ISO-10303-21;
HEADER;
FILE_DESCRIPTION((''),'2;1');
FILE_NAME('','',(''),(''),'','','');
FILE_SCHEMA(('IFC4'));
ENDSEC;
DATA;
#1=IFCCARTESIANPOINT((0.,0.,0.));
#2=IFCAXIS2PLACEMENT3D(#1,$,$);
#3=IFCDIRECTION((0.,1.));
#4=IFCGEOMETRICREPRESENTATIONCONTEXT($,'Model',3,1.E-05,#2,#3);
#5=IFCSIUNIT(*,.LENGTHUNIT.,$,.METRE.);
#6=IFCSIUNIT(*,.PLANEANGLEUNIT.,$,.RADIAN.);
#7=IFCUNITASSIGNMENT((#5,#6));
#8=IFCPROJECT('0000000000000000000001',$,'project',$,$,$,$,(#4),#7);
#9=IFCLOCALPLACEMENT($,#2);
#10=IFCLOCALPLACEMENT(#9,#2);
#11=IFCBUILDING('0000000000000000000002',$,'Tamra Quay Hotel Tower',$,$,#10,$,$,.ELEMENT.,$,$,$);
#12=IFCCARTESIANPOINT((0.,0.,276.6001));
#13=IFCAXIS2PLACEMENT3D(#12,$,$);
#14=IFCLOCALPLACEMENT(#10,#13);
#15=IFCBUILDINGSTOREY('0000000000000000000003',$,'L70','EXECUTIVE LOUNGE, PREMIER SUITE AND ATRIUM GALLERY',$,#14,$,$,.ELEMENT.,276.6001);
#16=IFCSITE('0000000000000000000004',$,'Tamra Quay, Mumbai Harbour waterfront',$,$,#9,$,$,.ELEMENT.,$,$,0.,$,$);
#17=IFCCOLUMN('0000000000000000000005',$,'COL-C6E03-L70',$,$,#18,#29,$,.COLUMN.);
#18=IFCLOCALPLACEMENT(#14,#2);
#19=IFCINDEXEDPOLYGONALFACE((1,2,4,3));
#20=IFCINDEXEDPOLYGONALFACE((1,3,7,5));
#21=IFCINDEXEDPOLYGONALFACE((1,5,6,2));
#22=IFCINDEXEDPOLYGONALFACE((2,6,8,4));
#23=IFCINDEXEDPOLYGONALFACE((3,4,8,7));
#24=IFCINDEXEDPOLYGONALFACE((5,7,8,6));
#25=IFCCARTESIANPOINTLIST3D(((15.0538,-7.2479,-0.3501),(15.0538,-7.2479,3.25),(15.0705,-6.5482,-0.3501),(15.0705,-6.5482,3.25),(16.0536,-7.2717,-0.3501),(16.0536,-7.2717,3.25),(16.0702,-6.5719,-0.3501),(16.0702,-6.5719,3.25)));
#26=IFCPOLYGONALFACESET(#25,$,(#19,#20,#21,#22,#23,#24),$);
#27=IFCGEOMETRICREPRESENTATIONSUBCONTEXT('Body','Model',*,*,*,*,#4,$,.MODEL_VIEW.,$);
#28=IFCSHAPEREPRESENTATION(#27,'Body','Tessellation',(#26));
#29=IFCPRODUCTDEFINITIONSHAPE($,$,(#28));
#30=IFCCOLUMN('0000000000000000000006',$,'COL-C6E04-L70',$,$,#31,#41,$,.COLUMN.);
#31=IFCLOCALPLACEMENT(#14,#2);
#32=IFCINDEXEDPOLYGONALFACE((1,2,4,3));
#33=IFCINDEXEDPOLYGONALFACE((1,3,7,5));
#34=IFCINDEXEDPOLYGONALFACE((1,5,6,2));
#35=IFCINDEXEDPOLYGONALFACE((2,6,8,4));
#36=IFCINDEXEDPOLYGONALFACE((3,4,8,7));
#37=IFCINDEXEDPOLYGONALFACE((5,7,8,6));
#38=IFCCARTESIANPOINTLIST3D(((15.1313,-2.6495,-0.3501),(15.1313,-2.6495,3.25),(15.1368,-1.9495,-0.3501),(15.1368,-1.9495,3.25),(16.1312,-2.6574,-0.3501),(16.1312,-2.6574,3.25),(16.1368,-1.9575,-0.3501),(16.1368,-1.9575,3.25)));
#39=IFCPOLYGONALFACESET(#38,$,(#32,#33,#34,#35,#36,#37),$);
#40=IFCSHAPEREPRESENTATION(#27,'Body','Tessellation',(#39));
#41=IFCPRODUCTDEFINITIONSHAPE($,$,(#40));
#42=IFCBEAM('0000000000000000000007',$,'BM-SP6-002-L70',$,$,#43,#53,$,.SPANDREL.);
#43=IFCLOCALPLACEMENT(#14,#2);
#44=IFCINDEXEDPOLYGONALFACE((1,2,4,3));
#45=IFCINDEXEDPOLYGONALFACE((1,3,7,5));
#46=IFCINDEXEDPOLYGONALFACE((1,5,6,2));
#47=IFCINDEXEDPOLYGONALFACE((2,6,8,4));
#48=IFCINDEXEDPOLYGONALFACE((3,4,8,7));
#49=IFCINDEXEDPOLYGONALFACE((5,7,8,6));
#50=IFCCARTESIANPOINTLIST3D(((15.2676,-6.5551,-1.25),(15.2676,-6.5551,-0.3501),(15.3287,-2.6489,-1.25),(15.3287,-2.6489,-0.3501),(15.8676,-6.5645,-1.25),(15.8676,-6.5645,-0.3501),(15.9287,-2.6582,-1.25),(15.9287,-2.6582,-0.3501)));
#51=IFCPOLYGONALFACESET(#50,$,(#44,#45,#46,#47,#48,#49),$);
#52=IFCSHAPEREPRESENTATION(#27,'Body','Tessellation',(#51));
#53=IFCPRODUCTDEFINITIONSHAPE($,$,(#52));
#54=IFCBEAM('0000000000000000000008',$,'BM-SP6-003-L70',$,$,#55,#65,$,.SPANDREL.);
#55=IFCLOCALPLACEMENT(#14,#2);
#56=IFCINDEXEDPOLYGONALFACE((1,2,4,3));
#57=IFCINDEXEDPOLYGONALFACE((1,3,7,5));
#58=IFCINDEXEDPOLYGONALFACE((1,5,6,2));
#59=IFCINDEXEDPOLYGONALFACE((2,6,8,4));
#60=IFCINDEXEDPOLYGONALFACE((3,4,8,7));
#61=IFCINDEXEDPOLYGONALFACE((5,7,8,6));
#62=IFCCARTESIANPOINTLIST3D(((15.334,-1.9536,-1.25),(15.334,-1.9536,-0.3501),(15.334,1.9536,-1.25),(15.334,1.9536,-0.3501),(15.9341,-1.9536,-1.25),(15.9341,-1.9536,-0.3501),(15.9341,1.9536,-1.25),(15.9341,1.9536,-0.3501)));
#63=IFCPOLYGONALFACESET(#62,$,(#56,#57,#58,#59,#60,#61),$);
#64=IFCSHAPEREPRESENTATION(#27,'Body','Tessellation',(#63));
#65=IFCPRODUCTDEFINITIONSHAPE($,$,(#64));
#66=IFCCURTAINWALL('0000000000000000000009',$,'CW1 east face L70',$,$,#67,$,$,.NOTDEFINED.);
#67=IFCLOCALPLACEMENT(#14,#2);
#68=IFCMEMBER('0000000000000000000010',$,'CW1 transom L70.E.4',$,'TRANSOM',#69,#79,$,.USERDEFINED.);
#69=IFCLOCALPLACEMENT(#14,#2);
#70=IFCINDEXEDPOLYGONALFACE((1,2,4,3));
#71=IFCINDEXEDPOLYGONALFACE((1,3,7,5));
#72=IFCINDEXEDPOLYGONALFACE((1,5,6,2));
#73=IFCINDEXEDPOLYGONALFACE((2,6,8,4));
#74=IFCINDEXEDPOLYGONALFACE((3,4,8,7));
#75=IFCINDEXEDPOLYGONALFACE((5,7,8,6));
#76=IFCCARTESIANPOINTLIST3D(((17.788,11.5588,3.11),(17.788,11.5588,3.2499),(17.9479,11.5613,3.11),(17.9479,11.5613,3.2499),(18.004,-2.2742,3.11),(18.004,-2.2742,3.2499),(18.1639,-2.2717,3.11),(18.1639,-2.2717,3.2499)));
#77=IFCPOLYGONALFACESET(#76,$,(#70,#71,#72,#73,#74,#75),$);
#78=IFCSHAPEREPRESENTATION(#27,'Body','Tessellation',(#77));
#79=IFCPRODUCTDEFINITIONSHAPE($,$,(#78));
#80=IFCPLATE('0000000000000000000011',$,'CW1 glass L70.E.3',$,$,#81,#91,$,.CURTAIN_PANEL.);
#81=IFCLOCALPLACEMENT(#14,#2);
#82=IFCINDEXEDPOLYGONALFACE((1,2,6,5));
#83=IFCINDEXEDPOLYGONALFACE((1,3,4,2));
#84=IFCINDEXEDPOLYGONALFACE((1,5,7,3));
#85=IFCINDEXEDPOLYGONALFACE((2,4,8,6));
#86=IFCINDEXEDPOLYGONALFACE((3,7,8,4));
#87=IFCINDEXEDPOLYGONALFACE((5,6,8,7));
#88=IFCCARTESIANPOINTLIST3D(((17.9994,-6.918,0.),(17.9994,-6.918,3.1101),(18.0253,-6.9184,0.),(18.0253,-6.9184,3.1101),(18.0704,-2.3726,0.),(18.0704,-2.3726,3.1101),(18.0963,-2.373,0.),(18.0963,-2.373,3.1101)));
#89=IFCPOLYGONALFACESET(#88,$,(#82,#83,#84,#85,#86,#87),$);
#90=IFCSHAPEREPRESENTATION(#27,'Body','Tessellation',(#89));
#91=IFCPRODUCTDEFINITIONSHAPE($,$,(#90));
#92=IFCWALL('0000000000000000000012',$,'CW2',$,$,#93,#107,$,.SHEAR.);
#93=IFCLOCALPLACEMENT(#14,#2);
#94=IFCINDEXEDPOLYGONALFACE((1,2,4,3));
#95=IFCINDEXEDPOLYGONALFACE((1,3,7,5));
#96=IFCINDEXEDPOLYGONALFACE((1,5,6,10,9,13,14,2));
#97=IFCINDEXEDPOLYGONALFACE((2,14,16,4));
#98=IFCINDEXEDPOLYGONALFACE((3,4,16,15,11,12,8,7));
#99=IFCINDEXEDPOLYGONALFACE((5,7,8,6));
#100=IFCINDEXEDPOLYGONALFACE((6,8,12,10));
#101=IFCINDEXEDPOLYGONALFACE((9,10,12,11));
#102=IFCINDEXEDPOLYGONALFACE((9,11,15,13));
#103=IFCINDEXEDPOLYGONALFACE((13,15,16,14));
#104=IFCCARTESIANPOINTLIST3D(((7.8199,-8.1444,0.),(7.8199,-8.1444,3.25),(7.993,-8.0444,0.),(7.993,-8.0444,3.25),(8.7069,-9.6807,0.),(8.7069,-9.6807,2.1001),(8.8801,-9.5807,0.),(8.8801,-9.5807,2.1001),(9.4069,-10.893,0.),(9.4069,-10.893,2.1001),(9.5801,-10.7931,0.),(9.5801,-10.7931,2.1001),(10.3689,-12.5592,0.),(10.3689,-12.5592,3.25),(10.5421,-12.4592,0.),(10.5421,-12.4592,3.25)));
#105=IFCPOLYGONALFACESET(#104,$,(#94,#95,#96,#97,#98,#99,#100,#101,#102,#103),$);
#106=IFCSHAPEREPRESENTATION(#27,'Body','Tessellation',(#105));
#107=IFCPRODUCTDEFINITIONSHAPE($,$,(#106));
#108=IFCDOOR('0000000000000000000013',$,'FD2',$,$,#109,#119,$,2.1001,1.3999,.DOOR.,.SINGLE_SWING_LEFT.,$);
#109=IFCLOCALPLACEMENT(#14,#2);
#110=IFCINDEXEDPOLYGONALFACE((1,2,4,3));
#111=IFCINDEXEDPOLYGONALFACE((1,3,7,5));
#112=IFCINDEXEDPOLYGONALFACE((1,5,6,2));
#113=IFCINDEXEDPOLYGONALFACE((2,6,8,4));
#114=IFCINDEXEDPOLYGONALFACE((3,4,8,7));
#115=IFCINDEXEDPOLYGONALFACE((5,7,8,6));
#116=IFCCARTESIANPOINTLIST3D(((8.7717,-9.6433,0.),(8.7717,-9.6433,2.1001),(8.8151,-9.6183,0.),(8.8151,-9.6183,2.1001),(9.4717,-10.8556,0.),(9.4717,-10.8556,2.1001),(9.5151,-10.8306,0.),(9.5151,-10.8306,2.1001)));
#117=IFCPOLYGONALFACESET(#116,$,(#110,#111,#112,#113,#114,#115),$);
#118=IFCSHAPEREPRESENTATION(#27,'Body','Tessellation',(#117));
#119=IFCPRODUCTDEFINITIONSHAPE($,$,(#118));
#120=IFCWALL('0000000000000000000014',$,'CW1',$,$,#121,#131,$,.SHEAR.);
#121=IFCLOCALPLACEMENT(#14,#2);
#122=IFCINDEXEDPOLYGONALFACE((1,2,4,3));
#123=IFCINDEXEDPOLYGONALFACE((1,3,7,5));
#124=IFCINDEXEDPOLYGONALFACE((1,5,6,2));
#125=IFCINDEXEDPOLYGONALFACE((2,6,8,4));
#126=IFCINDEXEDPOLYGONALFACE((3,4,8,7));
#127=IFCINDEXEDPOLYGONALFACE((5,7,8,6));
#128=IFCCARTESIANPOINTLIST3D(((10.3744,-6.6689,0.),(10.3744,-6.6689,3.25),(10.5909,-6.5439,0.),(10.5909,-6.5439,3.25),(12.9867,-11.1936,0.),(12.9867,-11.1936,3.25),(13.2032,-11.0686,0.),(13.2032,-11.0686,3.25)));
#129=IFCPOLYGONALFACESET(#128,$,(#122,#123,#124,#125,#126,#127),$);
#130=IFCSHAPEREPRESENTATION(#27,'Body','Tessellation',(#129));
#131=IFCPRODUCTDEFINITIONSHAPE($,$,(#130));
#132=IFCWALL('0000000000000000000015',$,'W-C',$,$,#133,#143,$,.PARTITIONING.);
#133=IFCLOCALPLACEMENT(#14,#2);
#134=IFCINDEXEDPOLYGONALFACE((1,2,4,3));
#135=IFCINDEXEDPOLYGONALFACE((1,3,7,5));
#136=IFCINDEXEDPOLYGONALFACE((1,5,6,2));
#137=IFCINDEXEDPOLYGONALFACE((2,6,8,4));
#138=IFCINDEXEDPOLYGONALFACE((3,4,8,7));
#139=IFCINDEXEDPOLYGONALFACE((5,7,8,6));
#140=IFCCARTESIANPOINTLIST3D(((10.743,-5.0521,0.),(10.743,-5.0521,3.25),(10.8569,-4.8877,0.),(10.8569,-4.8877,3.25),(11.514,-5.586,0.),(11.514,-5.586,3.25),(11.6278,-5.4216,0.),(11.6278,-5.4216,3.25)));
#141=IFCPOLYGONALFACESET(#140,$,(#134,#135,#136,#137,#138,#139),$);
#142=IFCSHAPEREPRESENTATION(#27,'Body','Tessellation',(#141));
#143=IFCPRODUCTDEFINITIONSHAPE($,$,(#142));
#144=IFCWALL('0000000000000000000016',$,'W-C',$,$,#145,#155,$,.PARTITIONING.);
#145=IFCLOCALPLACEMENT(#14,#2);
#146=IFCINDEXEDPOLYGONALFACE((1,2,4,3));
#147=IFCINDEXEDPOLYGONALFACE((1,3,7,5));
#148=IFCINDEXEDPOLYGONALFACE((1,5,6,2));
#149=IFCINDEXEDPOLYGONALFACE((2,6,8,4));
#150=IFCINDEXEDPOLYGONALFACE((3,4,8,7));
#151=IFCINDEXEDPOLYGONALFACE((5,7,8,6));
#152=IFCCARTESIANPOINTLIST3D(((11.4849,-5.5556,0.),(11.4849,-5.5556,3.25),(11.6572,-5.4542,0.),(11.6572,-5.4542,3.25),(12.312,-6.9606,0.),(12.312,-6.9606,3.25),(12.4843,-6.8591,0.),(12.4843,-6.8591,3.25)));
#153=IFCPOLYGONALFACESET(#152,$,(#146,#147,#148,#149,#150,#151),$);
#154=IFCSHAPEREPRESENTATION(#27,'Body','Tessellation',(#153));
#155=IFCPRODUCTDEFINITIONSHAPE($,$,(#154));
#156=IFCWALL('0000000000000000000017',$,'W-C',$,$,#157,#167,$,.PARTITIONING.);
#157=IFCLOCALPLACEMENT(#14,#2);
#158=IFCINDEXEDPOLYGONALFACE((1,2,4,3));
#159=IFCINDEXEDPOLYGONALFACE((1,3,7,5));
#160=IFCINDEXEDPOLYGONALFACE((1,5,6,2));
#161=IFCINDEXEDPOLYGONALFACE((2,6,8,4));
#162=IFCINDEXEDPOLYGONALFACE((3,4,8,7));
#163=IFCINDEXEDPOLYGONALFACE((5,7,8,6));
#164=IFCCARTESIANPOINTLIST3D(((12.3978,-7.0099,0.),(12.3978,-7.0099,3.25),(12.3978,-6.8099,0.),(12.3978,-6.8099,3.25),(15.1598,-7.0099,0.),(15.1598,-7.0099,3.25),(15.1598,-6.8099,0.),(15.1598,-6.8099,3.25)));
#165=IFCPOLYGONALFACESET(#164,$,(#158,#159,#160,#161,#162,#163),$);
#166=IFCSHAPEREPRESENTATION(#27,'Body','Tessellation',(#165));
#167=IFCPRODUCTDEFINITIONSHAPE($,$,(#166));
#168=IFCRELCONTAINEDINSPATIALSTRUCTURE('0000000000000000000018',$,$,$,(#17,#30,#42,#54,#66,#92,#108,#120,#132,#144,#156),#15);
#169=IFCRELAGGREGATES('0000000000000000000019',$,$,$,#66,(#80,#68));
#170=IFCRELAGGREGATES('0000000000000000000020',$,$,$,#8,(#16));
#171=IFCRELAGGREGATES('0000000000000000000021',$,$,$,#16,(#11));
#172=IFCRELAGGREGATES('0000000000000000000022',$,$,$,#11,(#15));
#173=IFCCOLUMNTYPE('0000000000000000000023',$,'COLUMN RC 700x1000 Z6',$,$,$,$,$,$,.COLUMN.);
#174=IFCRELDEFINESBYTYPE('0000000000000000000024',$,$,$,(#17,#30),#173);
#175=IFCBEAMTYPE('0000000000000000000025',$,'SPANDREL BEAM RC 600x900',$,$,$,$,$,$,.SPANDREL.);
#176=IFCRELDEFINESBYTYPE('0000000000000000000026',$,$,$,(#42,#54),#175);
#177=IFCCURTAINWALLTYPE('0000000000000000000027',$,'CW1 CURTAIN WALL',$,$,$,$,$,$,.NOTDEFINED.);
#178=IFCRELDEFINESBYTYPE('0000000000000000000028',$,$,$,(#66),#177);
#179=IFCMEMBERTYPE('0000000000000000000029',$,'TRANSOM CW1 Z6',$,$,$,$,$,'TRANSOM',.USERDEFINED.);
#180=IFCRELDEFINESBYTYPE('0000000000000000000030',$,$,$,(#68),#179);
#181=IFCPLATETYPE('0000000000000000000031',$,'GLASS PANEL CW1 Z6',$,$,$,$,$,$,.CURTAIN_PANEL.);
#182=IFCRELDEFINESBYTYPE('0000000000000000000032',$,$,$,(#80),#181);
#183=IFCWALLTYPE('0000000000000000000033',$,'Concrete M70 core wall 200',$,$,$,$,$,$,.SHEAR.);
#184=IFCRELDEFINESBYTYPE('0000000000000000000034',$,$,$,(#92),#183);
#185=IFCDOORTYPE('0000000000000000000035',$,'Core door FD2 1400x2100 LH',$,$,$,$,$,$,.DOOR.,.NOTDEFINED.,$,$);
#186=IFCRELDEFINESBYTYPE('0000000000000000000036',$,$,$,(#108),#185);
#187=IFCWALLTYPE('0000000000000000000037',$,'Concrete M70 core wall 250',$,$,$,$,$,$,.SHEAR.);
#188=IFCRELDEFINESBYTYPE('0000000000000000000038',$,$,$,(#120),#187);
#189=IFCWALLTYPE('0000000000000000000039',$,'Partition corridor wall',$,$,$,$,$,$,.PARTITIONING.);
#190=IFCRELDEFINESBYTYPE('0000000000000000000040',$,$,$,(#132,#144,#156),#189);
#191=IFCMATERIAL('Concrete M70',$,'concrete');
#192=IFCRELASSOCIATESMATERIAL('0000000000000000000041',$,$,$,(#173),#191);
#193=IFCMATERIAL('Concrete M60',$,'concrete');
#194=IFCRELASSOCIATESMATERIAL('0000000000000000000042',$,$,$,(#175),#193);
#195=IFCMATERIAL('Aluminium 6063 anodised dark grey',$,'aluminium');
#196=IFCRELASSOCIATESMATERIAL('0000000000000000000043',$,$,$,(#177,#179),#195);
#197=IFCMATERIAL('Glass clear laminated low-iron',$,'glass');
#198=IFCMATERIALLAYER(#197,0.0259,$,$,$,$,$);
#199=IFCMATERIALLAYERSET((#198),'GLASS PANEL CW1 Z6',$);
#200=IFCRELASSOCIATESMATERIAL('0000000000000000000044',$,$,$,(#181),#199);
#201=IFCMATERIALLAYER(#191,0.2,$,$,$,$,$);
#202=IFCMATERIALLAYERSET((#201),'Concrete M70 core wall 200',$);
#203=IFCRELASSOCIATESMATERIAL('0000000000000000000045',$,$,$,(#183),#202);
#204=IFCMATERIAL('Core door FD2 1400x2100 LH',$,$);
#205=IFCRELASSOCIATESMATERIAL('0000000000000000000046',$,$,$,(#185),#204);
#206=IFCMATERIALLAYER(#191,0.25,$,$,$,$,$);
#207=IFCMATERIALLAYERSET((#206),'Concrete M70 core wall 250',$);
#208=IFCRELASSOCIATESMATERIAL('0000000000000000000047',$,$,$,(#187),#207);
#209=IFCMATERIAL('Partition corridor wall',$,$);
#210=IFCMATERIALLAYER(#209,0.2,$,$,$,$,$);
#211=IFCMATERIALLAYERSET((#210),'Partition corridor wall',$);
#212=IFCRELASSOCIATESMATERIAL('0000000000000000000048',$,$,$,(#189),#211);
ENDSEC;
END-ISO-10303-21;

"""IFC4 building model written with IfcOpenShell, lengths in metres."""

from ifc_helpers import new_model, si_unit, direction, frame, frame_2d, origin, origin_2d, place, context, subcontext, project, spatial, rectangle, extrude, material, layer, layer_set, material_profile, profile_set, type_object, element, fill, aggregate, save


model = new_model("IFC4")

# Units and contexts
model_context = context("Model", 3, precision=1e-05, world=origin(), true_north=direction((0.0, 1.0)))
body_context = subcontext(model_context, "Body", "Model", "MODEL_VIEW")
ifc_project = project(units=[si_unit("LENGTHUNIT", "METRE"), si_unit("PLANEANGLEUNIT", "RADIAN")], contexts=[model_context])

# Site, building, storey
site_placement = place(None, origin())
site = spatial("IfcSite", under=ifc_project, at=site_placement, Name="Tamra Quay, Mumbai Harbour waterfront", CompositionType="ELEMENT", RefElevation=0.0)
building_placement = place(site_placement, origin())
building = spatial("IfcBuilding", under=site, at=building_placement, Name="Tamra Quay Hotel Tower", CompositionType="ELEMENT")
storey_placement = place(building_placement, frame((0.0, 0.0, 276.6001)))
storey = spatial("IfcBuildingStorey", under=building, at=storey_placement, Name="L70", Description="EXECUTIVE LOUNGE, PREMIER SUITE AND ATRIUM GALLERY", CompositionType="ELEMENT", Elevation=276.6001)

# Columns
ifc_material_1 = material(Name="Concrete M70", Category="concrete")
ifc_material_profile_1 = material_profile(ifc_material_1, rectangle(XDim=1.0, YDim=0.7, at=origin_2d()), Name="COLUMN RC 700x1000 Z6")
ifc_profile_set_1 = profile_set([ifc_material_profile_1], Name="Concrete M70")
column_type = type_object("IfcColumnType", Name="COLUMN RC 700x1000 Z6", PredefinedType="COLUMN", material=ifc_profile_set_1)
for number, where, z_axis, x_axis, name in (
    (1, (15.562, -6.9099, -0.3501), (0.0, 0.0, 1.0), (-0.999718, 0.023753, 0.0), "COL-C6E03-L70"),
    (2, (15.634, -2.3035, -0.3501), (0.0, 0.0, 1.0), (-0.999969, 0.00792, 0.0), "COL-C6E04-L70"),
):
    element("IfcColumn", number, at=place(storey_placement, frame(where, z_axis=z_axis, x_axis=x_axis)), inside=storey, type_object=column_type, Name=name, PredefinedType="COLUMN", context=body_context, shape_type="SweptSolid", body=[
        extrude(rectangle(XDim=1.0, YDim=0.7, at=origin_2d()), origin(), (0.0, 0.0, 1.0), 3.6001),
    ])

# Beams
ifc_material_2 = material(Name="Concrete M60", Category="concrete")
ifc_material_profile_2 = material_profile(ifc_material_2, rectangle(XDim=0.6001, YDim=0.8999, at=origin_2d()), Name="SPANDREL BEAM RC 600x900")
ifc_profile_set_2 = profile_set([ifc_material_profile_2], Name="Concrete M60")
beam_type = type_object("IfcBeamType", Name="SPANDREL BEAM RC 600x900", PredefinedType="SPANDREL", material=ifc_profile_set_2)
beam_1_placement = place(storey_placement, frame((15.5676, -6.5598, -0.8), z_axis=(0.015623, 0.999878, 0.0), x_axis=(-0.999878, 0.015623, 0.0)))
element("IfcBeam", 3, at=beam_1_placement, inside=storey, type_object=beam_type, Name="BM-SP6-002-L70", PredefinedType="SPANDREL", context=body_context, shape_type="SweptSolid", body=[
    extrude(rectangle(XDim=0.6001, YDim=0.8999, at=origin_2d()), origin(), (0.0, 0.0, 1.0), 3.9067),
])
beam_2_placement = place(storey_placement, frame((15.634, -1.9536, -0.8), z_axis=(0.0, 1.0, 0.0), x_axis=(-1.0, 0.0, 0.0)))
element("IfcBeam", 4, at=beam_2_placement, inside=storey, type_object=beam_type, Name="BM-SP6-003-L70", PredefinedType="SPANDREL", context=body_context, shape_type="SweptSolid", body=[
    extrude(rectangle(XDim=0.6001, YDim=0.8999, at=origin_2d()), origin(), (0.0, 0.0, 1.0), 3.9072),
])

# Curtain wall, member, plate
ifc_material_3 = material(Name="Aluminium 6063 anodised dark grey", Category="aluminium")
curtain_wall_type = type_object("IfcCurtainWallType", Name="CW1 CURTAIN WALL", PredefinedType="NOTDEFINED", material=ifc_material_3)
curtain_wall_placement = place(storey_placement, origin())
curtain_wall = element("IfcCurtainWall", 5, at=curtain_wall_placement, inside=storey, type_object=curtain_wall_type, Name="CW1 east face L70", PredefinedType="NOTDEFINED")
ifc_material_profile_3 = material_profile(ifc_material_3, rectangle(XDim=0.1599, YDim=0.1399, at=origin_2d()), Name="TRANSOM 160X140")
ifc_profile_set_3 = profile_set([ifc_material_profile_3], Name="Aluminium 6063 anodised dark grey")
member_type = type_object("IfcMemberType", Name="TRANSOM CW1 Z6", ElementType="TRANSOM", PredefinedType="USERDEFINED", material=ifc_profile_set_3)
member_placement = place(storey_placement, frame((18.084, -2.2729, 3.1799), z_axis=(-0.015618, 0.999878, 0.0), x_axis=(-0.999878, -0.015618, 0.0)))
member = element("IfcMember", 6, at=member_placement, type_object=member_type, Name="CW1 transom L70.E.4", ObjectType="TRANSOM", PredefinedType="USERDEFINED", context=body_context, shape_type="SweptSolid", body=[
    extrude(rectangle(XDim=0.1599, YDim=0.1399, at=origin_2d()), origin(), (0.0, 0.0, 1.0), 13.8347),
])
ifc_material_4 = material(Name="Glass clear laminated low-iron", Category="glass")
ifc_layer_1 = layer(ifc_material_4, 0.0259)
ifc_layer_set_1 = layer_set([ifc_layer_1], Name="GLASS PANEL CW1 Z6")
plate_type = type_object("IfcPlateType", Name="GLASS PANEL CW1 Z6", PredefinedType="CURTAIN_PANEL", material=ifc_layer_set_1)
plate_placement = place(storey_placement, frame((18.0479, -4.6455, 0.0), z_axis=(0.0, 0.0, 1.0), x_axis=(0.015633, 0.999878, 0.0)))
plate = element("IfcPlate", 7, at=plate_placement, type_object=plate_type, Name="CW1 glass L70.E.3", PredefinedType="CURTAIN_PANEL", context=body_context, shape_type="SweptSolid", body=[
    extrude(rectangle(XDim=4.5459, YDim=0.0259, at=origin_2d()), origin(), (0.0, 0.0, 1.0), 3.1101),
])
aggregate(curtain_wall, [plate, member])

# Wall, opening, door
ifc_layer_2 = layer(ifc_material_1, 0.2)
ifc_layer_set_2 = layer_set([ifc_layer_2], Name="Concrete M70 core wall 200")
wall_type_1 = type_object("IfcWallType", Name="Concrete M70 core wall 200", PredefinedType="SHEAR", material=ifc_layer_set_2)
wall_1_placement = place(storey_placement, frame((7.9065, -8.0945, 0.0), z_axis=(0.0, 0.0, 1.0), x_axis=(0.500028, -0.866009, 0.0)))
wall_1 = element("IfcWall", 8, at=wall_1_placement, inside=storey, type_object=wall_type_1, Name="CW2", PredefinedType="SHEAR", context=body_context, shape_type="SweptSolid", body=[
    extrude(rectangle(XDim=5.0979, YDim=0.2, at=frame_2d((2.5488, 0.0))), origin(), (0.0, 0.0, 1.0), 3.25),
])
opening_1_placement = place(wall_1_placement, frame((1.7739, 0.0, 0.0)))
opening_1 = element("IfcOpeningElement", 9, at=opening_1_placement, cuts=wall_1, PredefinedType="OPENING", context=body_context, shape_type="SweptSolid", body=[
    extrude(rectangle(XDim=1.3999, YDim=2.1001, at=frame_2d((0.7, 1.05))), frame((0.0, 0.1099, 0.0), z_axis=(0.0, -1.0, 0.0), x_axis=(1.0, 0.0, 0.0)), (0.0, 0.0, 1.0), 0.22),
])
ifc_material_5 = material(Name="Core door FD2 1400x2100 LH")
door_type_1 = type_object("IfcDoorType", Name="Core door FD2 1400x2100 LH", OperationType="NOTDEFINED", PredefinedType="DOOR", material=ifc_material_5)
door_1_placement = place(opening_1_placement, origin())
door_1 = element("IfcDoor", 10, at=door_1_placement, inside=storey, type_object=door_type_1, Name="FD2", OperationType="SINGLE_SWING_LEFT", OverallHeight=2.1001, OverallWidth=1.3999, PredefinedType="DOOR", context=body_context, shape_type="SweptSolid", body=[
    extrude(rectangle(XDim=1.3999, YDim=2.1001, at=frame_2d((0.7, 1.05))), frame((0.0, 0.0249, 0.0), z_axis=(0.0, -1.0, 0.0), x_axis=(1.0, 0.0, 0.0)), (0.0, 0.0, 1.0), 0.05),
])
fill(opening_1, door_1)

# Walls
ifc_layer_3 = layer(ifc_material_1, 0.25)
ifc_layer_set_3 = layer_set([ifc_layer_3], Name="Concrete M70 core wall 250")
wall_type_2 = type_object("IfcWallType", Name="Concrete M70 core wall 250", PredefinedType="SHEAR", material=ifc_layer_set_3)
wall_2_placement = place(storey_placement, frame((10.4827, -6.6064, 0.0), z_axis=(0.0, 0.0, 1.0), x_axis=(0.499999, -0.866026, 0.0)))
element("IfcWall", 11, at=wall_2_placement, inside=storey, type_object=wall_type_2, Name="CW1", PredefinedType="SHEAR", context=body_context, shape_type="SweptSolid", body=[
    extrude(rectangle(XDim=5.2246, YDim=0.25, at=frame_2d((2.6123, 0.0))), origin(), (0.0, 0.0, 1.0), 3.25),
])
ifc_material_6 = material(Name="Partition corridor wall")
ifc_layer_4 = layer(ifc_material_6, 0.2)
ifc_layer_set_4 = layer_set([ifc_layer_4], Name="Partition corridor wall")
wall_type_3 = type_object("IfcWallType", Name="Partition corridor wall", PredefinedType="PARTITIONING", material=ifc_layer_set_4)
wall_3_placement = place(storey_placement, frame((10.8, -4.97, 0.0), z_axis=(0.0, 0.0, 1.0), x_axis=(0.822108, -0.569332, 0.0)))
element("IfcWall", 12, at=wall_3_placement, inside=storey, type_object=wall_type_3, Name="W-C", PredefinedType="PARTITIONING", context=body_context, shape_type="SweptSolid", body=[
    extrude(rectangle(XDim=0.9377, YDim=0.2, at=frame_2d((0.4688, 0.0))), origin(), (0.0, 0.0, 1.0), 3.25),
])
wall_4_placement = place(storey_placement, frame((11.571, -5.5049, 0.0), z_axis=(0.0, 0.0, 1.0), x_axis=(0.507321, -0.861757, 0.0)))
element("IfcWall", 13, at=wall_4_placement, inside=storey, type_object=wall_type_3, Name="W-C", PredefinedType="PARTITIONING", context=body_context, shape_type="SweptSolid", body=[
    extrude(rectangle(XDim=1.6304, YDim=0.2, at=frame_2d((0.8152, 0.0))), origin(), (0.0, 0.0, 1.0), 3.25),
])
wall_5_placement = place(storey_placement, frame((12.3979, -6.9099, 0.0), z_axis=(0.0, 0.0, 1.0), x_axis=(1.0, 0.0, 0.0)))
element("IfcWall", 14, at=wall_5_placement, inside=storey, type_object=wall_type_3, Name="W-C", PredefinedType="PARTITIONING", context=body_context, shape_type="SweptSolid", body=[
    extrude(rectangle(XDim=2.762, YDim=0.2, at=frame_2d((1.3809, 0.0))), origin(), (0.0, 0.0, 1.0), 3.25),
])

save(model, "model.ifc")
